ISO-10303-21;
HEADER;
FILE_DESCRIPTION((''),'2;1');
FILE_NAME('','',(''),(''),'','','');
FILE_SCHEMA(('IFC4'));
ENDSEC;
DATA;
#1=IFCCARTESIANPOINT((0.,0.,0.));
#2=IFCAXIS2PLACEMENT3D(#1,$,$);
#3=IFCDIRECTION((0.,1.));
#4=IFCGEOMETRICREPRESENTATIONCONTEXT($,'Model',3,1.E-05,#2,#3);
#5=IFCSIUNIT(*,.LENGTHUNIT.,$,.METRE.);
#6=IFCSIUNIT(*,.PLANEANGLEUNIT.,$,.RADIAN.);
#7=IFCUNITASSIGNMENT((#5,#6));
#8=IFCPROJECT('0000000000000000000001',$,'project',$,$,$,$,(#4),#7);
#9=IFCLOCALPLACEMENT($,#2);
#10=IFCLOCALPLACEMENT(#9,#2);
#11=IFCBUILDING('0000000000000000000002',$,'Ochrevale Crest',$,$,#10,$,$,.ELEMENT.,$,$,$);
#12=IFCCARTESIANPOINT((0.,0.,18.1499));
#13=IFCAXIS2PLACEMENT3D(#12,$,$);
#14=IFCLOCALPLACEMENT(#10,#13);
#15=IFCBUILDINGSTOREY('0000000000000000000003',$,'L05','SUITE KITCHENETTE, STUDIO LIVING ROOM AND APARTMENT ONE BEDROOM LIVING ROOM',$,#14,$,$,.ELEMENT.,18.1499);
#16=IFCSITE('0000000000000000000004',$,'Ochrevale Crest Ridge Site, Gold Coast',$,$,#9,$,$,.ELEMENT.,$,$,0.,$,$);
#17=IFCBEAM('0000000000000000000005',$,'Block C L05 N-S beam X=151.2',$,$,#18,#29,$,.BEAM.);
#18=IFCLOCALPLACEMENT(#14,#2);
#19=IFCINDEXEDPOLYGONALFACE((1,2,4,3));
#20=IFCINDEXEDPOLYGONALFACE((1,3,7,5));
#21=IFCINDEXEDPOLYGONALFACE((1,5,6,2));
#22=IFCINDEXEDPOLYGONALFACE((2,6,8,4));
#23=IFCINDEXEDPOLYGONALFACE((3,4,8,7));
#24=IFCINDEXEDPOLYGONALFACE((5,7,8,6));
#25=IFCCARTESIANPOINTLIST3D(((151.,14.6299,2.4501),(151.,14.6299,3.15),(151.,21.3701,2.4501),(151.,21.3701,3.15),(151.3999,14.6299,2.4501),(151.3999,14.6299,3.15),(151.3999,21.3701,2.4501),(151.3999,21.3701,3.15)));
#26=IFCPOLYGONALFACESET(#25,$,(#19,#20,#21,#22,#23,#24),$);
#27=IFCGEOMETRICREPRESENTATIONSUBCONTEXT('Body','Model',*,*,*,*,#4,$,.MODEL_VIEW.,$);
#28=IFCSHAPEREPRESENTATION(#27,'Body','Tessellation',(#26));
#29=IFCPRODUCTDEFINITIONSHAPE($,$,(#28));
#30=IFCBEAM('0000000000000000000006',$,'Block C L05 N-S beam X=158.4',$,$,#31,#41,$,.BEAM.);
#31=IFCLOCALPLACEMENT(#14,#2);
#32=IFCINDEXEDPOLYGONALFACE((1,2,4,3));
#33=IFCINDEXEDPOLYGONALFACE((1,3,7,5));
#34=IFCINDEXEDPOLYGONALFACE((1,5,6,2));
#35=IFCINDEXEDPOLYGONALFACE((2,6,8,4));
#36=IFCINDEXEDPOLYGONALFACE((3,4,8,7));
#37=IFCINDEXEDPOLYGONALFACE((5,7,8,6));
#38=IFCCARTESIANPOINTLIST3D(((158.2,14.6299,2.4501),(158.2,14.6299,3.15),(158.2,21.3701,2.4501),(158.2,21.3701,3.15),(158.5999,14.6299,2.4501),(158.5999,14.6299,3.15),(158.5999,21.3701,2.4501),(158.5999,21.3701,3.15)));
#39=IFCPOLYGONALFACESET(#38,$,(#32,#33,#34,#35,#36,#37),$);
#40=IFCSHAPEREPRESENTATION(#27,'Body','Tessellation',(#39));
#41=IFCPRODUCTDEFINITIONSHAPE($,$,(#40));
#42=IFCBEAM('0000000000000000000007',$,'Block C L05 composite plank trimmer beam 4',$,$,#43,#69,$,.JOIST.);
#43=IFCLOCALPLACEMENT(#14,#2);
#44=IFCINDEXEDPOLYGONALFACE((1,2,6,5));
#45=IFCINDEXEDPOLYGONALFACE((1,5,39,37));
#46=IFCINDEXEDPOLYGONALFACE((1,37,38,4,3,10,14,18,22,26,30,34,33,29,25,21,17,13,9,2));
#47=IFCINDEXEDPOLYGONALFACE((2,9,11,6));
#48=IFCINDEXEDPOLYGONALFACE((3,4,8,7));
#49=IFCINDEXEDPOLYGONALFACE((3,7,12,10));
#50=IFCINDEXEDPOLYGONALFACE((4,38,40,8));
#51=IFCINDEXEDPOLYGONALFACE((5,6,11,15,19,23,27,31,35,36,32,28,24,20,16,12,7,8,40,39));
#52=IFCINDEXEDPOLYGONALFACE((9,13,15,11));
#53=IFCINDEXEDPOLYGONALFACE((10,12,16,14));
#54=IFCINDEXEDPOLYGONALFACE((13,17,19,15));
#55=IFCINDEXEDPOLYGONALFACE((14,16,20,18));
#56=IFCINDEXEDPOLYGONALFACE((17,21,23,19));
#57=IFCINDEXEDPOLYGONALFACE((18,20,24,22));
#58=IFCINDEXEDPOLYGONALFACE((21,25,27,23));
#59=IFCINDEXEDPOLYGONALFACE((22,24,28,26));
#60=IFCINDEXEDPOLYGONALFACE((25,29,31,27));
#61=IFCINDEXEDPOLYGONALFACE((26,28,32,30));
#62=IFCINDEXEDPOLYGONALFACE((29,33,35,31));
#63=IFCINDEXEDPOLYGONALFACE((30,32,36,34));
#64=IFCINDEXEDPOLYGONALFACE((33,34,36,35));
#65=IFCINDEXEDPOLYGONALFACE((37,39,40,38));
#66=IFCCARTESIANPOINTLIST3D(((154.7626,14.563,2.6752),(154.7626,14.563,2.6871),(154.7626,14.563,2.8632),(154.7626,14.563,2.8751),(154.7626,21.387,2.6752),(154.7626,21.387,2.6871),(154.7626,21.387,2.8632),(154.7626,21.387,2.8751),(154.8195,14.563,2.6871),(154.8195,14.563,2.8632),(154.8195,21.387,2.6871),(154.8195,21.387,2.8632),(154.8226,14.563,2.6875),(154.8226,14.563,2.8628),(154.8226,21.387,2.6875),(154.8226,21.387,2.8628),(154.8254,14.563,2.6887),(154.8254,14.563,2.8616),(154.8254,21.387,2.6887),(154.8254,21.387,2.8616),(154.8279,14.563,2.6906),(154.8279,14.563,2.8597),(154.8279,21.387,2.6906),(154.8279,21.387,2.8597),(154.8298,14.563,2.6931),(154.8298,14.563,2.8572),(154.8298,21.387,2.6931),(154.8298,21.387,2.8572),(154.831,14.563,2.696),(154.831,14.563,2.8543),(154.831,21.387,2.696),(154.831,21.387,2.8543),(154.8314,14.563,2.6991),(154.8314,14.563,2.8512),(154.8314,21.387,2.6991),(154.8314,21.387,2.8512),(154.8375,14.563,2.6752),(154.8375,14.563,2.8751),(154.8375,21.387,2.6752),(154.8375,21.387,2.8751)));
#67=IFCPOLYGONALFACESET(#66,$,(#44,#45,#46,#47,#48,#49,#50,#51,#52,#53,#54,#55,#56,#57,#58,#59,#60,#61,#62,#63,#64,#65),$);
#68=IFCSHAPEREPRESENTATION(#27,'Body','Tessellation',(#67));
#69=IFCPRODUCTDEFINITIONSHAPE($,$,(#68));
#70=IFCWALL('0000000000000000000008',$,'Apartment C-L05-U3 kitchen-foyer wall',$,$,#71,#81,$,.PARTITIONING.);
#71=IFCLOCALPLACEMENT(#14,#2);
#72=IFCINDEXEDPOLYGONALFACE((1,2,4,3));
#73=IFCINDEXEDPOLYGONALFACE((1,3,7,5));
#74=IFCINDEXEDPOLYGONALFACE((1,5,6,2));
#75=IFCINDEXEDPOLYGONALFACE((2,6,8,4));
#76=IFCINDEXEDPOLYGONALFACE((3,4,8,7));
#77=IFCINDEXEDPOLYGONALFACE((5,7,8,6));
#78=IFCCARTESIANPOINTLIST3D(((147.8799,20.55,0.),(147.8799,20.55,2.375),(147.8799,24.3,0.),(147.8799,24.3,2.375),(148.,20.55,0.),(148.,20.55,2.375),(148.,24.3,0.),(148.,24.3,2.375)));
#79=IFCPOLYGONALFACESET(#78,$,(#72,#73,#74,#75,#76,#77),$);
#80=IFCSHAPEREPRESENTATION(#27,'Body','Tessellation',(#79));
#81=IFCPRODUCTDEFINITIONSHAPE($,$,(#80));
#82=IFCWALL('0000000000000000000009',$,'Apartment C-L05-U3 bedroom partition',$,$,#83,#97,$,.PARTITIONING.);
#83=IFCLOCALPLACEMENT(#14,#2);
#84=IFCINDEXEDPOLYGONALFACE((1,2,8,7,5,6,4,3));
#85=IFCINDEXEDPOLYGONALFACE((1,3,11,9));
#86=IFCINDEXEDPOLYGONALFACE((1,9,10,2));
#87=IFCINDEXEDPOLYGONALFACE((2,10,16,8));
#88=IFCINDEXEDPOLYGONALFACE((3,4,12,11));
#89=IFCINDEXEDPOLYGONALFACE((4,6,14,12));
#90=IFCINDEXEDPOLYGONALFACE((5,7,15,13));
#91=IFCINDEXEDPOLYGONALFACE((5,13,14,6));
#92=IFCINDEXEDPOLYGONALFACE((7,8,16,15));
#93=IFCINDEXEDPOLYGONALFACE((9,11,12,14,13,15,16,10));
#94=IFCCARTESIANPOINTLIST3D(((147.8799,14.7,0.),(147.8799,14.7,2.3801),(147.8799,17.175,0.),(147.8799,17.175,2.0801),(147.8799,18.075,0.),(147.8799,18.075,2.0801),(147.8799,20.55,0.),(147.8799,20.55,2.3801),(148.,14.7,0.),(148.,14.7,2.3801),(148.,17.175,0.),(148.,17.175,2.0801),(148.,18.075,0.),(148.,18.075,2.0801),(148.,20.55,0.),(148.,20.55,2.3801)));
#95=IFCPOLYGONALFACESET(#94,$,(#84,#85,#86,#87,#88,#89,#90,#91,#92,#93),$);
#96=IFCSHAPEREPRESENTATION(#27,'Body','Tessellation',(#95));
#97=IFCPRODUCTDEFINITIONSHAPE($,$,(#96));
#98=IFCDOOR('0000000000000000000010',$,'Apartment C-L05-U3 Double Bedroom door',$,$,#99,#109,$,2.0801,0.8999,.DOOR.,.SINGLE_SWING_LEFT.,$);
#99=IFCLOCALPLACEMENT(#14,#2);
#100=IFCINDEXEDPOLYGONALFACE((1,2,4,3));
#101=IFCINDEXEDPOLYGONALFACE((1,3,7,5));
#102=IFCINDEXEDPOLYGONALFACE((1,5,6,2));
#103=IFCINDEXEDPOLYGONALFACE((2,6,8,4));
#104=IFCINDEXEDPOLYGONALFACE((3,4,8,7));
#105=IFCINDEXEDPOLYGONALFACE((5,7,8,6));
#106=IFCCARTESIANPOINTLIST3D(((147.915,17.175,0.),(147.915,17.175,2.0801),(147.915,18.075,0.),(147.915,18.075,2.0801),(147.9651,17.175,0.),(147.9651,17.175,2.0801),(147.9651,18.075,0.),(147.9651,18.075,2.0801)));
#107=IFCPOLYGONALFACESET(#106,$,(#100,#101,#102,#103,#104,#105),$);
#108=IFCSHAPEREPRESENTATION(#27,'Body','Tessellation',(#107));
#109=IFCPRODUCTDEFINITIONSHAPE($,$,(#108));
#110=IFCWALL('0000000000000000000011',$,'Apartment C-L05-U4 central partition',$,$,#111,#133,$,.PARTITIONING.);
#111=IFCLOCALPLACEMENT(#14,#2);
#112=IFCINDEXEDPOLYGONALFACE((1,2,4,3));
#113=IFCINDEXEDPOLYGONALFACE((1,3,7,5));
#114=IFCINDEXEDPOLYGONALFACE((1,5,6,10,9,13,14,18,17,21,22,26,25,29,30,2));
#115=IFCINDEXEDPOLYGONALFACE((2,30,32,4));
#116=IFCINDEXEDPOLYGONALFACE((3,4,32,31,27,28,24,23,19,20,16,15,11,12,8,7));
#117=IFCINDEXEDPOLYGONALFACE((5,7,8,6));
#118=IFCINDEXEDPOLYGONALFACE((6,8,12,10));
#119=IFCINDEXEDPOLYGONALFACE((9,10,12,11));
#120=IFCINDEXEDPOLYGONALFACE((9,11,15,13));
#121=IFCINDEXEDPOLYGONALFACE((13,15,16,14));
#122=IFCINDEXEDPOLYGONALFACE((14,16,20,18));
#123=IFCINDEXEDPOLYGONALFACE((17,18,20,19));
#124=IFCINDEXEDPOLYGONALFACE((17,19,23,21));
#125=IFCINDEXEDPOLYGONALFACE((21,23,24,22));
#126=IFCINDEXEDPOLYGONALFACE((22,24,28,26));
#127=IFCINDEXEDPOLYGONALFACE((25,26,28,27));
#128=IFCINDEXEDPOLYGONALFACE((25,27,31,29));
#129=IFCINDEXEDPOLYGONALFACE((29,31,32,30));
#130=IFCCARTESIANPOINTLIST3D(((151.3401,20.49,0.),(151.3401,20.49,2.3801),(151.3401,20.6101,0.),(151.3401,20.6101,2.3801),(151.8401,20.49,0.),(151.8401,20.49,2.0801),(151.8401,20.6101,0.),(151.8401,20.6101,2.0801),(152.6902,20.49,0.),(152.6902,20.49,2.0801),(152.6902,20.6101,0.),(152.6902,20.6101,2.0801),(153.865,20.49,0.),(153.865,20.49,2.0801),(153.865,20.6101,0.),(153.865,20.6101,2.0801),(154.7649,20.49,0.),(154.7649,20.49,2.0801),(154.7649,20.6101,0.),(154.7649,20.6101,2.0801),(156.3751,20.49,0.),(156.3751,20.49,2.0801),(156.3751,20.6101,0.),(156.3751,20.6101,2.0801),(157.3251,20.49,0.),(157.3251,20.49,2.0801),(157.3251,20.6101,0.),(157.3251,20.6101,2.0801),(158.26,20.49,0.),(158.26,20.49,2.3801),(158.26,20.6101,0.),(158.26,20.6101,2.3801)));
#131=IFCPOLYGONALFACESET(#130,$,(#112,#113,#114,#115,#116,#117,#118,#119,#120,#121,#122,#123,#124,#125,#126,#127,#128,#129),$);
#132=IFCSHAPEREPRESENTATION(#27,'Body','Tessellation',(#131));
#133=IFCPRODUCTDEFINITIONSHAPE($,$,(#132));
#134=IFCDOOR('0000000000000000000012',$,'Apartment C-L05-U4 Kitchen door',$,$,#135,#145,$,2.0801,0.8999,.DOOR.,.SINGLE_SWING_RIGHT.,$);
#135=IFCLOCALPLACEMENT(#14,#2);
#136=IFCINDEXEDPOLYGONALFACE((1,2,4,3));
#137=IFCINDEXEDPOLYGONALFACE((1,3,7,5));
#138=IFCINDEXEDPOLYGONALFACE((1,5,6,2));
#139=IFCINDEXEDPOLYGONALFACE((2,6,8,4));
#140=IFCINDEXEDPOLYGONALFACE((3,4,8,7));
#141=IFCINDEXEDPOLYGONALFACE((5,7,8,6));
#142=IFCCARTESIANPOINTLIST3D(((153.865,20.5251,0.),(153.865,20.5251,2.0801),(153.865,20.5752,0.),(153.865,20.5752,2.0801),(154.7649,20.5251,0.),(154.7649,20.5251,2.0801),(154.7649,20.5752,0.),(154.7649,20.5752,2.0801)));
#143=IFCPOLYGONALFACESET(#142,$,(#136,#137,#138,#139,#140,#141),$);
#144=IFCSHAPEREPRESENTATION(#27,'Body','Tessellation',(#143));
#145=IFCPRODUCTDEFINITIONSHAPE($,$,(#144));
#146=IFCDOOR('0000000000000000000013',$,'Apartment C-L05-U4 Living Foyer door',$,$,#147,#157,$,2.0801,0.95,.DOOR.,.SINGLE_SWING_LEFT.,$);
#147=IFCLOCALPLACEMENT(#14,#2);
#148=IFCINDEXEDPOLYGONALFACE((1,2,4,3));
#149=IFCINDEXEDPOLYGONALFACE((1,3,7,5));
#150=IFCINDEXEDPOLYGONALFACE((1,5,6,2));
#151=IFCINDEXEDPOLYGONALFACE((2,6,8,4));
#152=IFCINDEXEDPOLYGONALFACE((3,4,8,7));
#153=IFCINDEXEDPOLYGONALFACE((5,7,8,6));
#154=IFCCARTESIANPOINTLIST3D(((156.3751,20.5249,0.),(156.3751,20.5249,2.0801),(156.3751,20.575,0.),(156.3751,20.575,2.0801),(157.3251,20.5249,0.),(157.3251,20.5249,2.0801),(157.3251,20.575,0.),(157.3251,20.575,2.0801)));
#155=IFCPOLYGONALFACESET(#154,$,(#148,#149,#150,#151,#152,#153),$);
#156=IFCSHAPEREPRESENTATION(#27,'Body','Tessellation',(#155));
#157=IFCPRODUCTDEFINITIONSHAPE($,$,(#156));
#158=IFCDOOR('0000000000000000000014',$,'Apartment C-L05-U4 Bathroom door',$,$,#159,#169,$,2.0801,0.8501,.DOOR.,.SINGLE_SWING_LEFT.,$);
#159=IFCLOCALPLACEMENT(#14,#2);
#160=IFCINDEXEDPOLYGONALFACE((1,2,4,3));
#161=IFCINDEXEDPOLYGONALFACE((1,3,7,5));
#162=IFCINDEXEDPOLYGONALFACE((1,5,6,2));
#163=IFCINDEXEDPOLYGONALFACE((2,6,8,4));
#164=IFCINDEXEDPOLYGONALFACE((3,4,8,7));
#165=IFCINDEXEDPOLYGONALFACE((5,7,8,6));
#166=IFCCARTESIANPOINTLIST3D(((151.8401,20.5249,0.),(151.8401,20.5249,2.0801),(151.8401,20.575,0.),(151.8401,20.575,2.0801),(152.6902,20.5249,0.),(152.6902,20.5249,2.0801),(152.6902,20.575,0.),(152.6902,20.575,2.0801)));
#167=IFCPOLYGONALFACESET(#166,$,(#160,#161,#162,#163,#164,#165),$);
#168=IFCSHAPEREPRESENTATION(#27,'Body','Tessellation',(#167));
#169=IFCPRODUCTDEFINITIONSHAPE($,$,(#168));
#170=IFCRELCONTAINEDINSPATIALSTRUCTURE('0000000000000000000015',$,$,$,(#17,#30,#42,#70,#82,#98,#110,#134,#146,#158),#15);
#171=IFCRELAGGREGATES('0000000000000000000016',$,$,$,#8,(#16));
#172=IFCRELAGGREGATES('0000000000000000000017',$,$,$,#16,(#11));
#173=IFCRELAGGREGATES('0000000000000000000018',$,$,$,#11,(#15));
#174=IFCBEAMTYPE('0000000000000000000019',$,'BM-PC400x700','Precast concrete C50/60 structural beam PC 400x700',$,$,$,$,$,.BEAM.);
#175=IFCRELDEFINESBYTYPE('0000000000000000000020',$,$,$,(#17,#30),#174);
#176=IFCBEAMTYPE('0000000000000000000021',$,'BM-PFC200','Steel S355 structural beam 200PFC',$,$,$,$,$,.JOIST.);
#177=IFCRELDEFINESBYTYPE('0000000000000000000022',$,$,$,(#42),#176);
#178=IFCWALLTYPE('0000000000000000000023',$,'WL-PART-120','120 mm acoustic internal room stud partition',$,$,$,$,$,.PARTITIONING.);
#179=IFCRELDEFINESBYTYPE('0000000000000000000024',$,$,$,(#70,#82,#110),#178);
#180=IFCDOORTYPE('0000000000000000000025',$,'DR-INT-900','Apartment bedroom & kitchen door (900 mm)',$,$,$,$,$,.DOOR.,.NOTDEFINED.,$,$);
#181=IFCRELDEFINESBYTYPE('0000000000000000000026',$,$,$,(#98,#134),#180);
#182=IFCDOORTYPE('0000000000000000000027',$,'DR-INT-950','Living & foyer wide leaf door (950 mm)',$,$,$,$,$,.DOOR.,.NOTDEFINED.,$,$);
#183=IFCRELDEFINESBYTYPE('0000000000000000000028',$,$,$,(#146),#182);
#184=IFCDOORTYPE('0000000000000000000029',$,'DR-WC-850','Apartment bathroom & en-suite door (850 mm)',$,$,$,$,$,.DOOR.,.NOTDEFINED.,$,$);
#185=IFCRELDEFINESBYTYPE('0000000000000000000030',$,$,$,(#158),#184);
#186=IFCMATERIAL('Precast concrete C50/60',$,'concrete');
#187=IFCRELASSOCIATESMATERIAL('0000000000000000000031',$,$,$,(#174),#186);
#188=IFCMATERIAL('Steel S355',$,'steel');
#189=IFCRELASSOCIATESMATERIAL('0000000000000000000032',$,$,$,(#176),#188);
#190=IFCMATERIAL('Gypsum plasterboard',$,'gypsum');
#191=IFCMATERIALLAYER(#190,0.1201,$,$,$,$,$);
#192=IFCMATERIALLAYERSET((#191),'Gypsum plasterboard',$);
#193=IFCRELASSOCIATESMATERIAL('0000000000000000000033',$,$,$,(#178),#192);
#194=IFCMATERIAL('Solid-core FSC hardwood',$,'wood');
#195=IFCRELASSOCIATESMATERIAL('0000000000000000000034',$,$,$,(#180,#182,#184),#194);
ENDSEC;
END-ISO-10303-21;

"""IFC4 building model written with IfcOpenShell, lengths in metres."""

from ifc_helpers import new_model, si_unit, direction, frame, frame_2d, origin, origin_2d, place, context, subcontext, project, spatial, rectangle, u_section, extrude, material, layer, layer_set, material_profile, profile_set, type_object, element, fill, save


model = new_model("IFC4")

# Units and contexts
model_context = context("Model", 3, precision=1e-05, world=origin(), true_north=direction((0.0, 1.0)))
body_context = subcontext(model_context, "Body", "Model", "MODEL_VIEW")
ifc_project = project(units=[si_unit("LENGTHUNIT", "METRE"), si_unit("PLANEANGLEUNIT", "RADIAN")], contexts=[model_context])

# Site, building, storey
site_placement = place(None, origin())
site = spatial("IfcSite", under=ifc_project, at=site_placement, Name="Ochrevale Crest Ridge Site, Gold Coast", CompositionType="ELEMENT", RefElevation=0.0)
building_placement = place(site_placement, origin())
building = spatial("IfcBuilding", under=site, at=building_placement, Name="Ochrevale Crest", CompositionType="ELEMENT")
storey_placement = place(building_placement, frame((0.0, 0.0, 18.1499)))
storey = spatial("IfcBuildingStorey", under=building, at=storey_placement, Name="L05", Description="SUITE KITCHENETTE, STUDIO LIVING ROOM AND APARTMENT ONE BEDROOM LIVING ROOM", CompositionType="ELEMENT", Elevation=18.1499)

# Beams
ifc_material_1 = material(Name="Precast concrete C50/60", Category="concrete")
ifc_material_profile_1 = material_profile(ifc_material_1, rectangle(XDim=0.3999, YDim=0.7, at=origin_2d()), Name="PC 400x700")
ifc_profile_set_1 = profile_set([ifc_material_profile_1], Name="Precast concrete C50/60")
beam_type_1 = type_object("IfcBeamType", Name="BM-PC400x700", Description="Precast concrete C50/60 structural beam PC 400x700", PredefinedType="BEAM", material=ifc_profile_set_1)
for number, where, z_axis, x_axis, name in (
    (1, (151.2, 14.6299, 2.8), (0.0, 1.0, 0.0), (-1.0, 0.0, 0.0), "Block C L05 N-S beam X=151.2"),
    (2, (158.3999, 14.6299, 2.8), (0.0, 1.0, 0.0), (-1.0, 0.0, 0.0), "Block C L05 N-S beam X=158.4"),
):
    element("IfcBeam", number, at=place(storey_placement, frame(where, z_axis=z_axis, x_axis=x_axis)), inside=storey, type_object=beam_type_1, Name=name, PredefinedType="BEAM", context=body_context, shape_type="SweptSolid", body=[
        extrude(rectangle(XDim=0.3999, YDim=0.7, at=origin_2d()), origin(), (0.0, 0.0, 1.0), 6.7402),
    ])
ifc_material_2 = material(Name="Steel S355", Category="steel")
ifc_material_profile_2 = material_profile(ifc_material_2, u_section(Depth=0.2, FlangeWidth=0.075, WebThickness=0.0061, FlangeThickness=0.012, FilletRadius=0.012, at=origin_2d()), Name="200PFC")
ifc_profile_set_2 = profile_set([ifc_material_profile_2], Name="Steel S355")
beam_type_2 = type_object("IfcBeamType", Name="BM-PFC200", Description="Steel S355 structural beam 200PFC", PredefinedType="JOIST", material=ifc_profile_set_2)
beam_placement = place(storey_placement, frame((154.8, 14.563, 2.7751), z_axis=(0.0, 1.0, 0.0), x_axis=(-1.0, 0.0, 0.0)))
element("IfcBeam", 3, at=beam_placement, inside=storey, type_object=beam_type_2, Name="Block C L05 composite plank trimmer beam 4", PredefinedType="JOIST", context=body_context, shape_type="SweptSolid", body=[
    extrude(u_section(Depth=0.2, FlangeWidth=0.075, WebThickness=0.0061, FlangeThickness=0.012, FilletRadius=0.012, at=origin_2d()), origin(), (0.0, 0.0, 1.0), 6.824),
])

# Wall
ifc_material_3 = material(Name="Gypsum plasterboard", Category="gypsum")
ifc_layer_1 = layer(ifc_material_3, 0.1201)
ifc_layer_set_1 = layer_set([ifc_layer_1], Name="Gypsum plasterboard")
wall_type_1 = type_object("IfcWallType", Name="WL-PART-120", Description="120 mm acoustic internal room stud partition", PredefinedType="PARTITIONING", material=ifc_layer_set_1)
wall_1_placement = place(storey_placement, frame((147.9399, 20.55, 0.0), z_axis=(0.0, 0.0, 1.0), x_axis=(0.0, 1.0, 0.0)))
element("IfcWall", 4, at=wall_1_placement, inside=storey, type_object=wall_type_1, Name="Apartment C-L05-U3 kitchen-foyer wall", PredefinedType="PARTITIONING", context=body_context, shape_type="SweptSolid", body=[
    extrude(rectangle(XDim=3.75, YDim=0.1201, at=frame_2d((1.875, 0.0))), origin(), (0.0, 0.0, 1.0), 2.375),
])

# Wall, opening, door
wall_2_placement = place(storey_placement, frame((147.9399, 14.7, 0.0), z_axis=(0.0, 0.0, 1.0), x_axis=(0.0, 1.0, 0.0)))
wall_2 = element("IfcWall", 5, at=wall_2_placement, inside=storey, type_object=wall_type_1, Name="Apartment C-L05-U3 bedroom partition", PredefinedType="PARTITIONING", context=body_context, shape_type="SweptSolid", body=[
    extrude(rectangle(XDim=5.8501, YDim=0.1201, at=frame_2d((2.925, 0.0))), origin(), (0.0, 0.0, 1.0), 2.3801),
])
opening_1_placement = place(wall_2_placement, frame((2.4751, 0.0, 0.0)))
opening_1 = element("IfcOpeningElement", 6, at=opening_1_placement, cuts=wall_2, PredefinedType="OPENING", context=body_context, shape_type="SweptSolid", body=[
    extrude(rectangle(XDim=0.8999, YDim=2.0801, at=frame_2d((0.45, 1.04))), frame((0.0, 0.0701, 0.0), z_axis=(0.0, -1.0, 0.0), x_axis=(1.0, 0.0, 0.0)), (0.0, 0.0, 1.0), 0.1401),
])
ifc_material_4 = material(Name="Solid-core FSC hardwood", Category="wood")
door_type_1 = type_object("IfcDoorType", Name="DR-INT-900", Description="Apartment bedroom & kitchen door (900 mm)", OperationType="NOTDEFINED", PredefinedType="DOOR", material=ifc_material_4)
door_1_placement = place(opening_1_placement, origin())
door_1 = element("IfcDoor", 7, at=door_1_placement, inside=storey, type_object=door_type_1, Name="Apartment C-L05-U3 Double Bedroom door", OperationType="SINGLE_SWING_LEFT", OverallHeight=2.0801, OverallWidth=0.8999, PredefinedType="DOOR", context=body_context, shape_type="SweptSolid", body=[
    extrude(rectangle(XDim=0.8999, YDim=2.0801, at=frame_2d((0.45, 1.04))), frame((0.0, 0.0249, 0.0), z_axis=(0.0, -1.0, 0.0), x_axis=(1.0, 0.0, 0.0)), (0.0, 0.0, 1.0), 0.05),
])
fill(opening_1, door_1)

# Wall, openings, doors
wall_3_placement = place(storey_placement, frame((151.3401, 20.55, 0.0), z_axis=(0.0, 0.0, 1.0), x_axis=(1.0, 0.0, 0.0)))
wall_3 = element("IfcWall", 8, at=wall_3_placement, inside=storey, type_object=wall_type_1, Name="Apartment C-L05-U4 central partition", PredefinedType="PARTITIONING", context=body_context, shape_type="SweptSolid", body=[
    extrude(rectangle(XDim=6.9199, YDim=0.1201, at=frame_2d((3.46, 0.0))), origin(), (0.0, 0.0, 1.0), 2.3801),
])
opening_2_placement = place(wall_3_placement, frame((0.5, 0.0, 0.0)))
opening_2 = element("IfcOpeningElement", 9, at=opening_2_placement, cuts=wall_3, PredefinedType="OPENING", context=body_context, shape_type="SweptSolid", body=[
    extrude(rectangle(XDim=0.8501, YDim=2.0801, at=frame_2d((0.425, 1.04))), frame((0.0, 0.0701, 0.0), z_axis=(0.0, -1.0, 0.0), x_axis=(1.0, 0.0, 0.0)), (0.0, 0.0, 1.0), 0.1401),
])
opening_3_placement = place(wall_3_placement, frame((3.4248, 0.0, 0.0), z_axis=(0.0, 0.0, 1.0), x_axis=(-1.0, 0.0, 0.0)))
opening_3 = element("IfcOpeningElement", 10, at=opening_3_placement, cuts=wall_3, PredefinedType="OPENING", context=body_context, shape_type="SweptSolid", body=[
    extrude(rectangle(XDim=0.8999, YDim=2.0801, at=frame_2d((0.45, 1.04))), frame((0.0, 0.0701, 0.0), z_axis=(0.0, -1.0, 0.0), x_axis=(1.0, 0.0, 0.0)), (0.0, 0.0, 1.0), 0.1401),
])
opening_4_placement = place(wall_3_placement, frame((5.0349, 0.0, 0.0)))
opening_4 = element("IfcOpeningElement", 11, at=opening_4_placement, cuts=wall_3, PredefinedType="OPENING", context=body_context, shape_type="SweptSolid", body=[
    extrude(rectangle(XDim=0.95, YDim=2.0801, at=frame_2d((0.4751, 1.04))), frame((0.0, 0.0701, 0.0), z_axis=(0.0, -1.0, 0.0), x_axis=(1.0, 0.0, 0.0)), (0.0, 0.0, 1.0), 0.1401),
])
door_2_placement = place(opening_3_placement, origin())
door_2 = element("IfcDoor", 12, at=door_2_placement, inside=storey, type_object=door_type_1, Name="Apartment C-L05-U4 Kitchen door", OperationType="SINGLE_SWING_RIGHT", OverallHeight=2.0801, OverallWidth=0.8999, PredefinedType="DOOR", context=body_context, shape_type="SweptSolid", body=[
    extrude(rectangle(XDim=0.8999, YDim=2.0801, at=frame_2d((0.45, 1.04))), frame((0.0, 0.0249, 0.0), z_axis=(0.0, -1.0, 0.0), x_axis=(1.0, 0.0, 0.0)), (0.0, 0.0, 1.0), 0.05),
])
fill(opening_3, door_2)
door_type_2 = type_object("IfcDoorType", Name="DR-INT-950", Description="Living & foyer wide leaf door (950 mm)", OperationType="NOTDEFINED", PredefinedType="DOOR", material=ifc_material_4)
door_3_placement = place(opening_4_placement, origin())
door_3 = element("IfcDoor", 13, at=door_3_placement, inside=storey, type_object=door_type_2, Name="Apartment C-L05-U4 Living Foyer door", OperationType="SINGLE_SWING_LEFT", OverallHeight=2.0801, OverallWidth=0.95, PredefinedType="DOOR", context=body_context, shape_type="SweptSolid", body=[
    extrude(rectangle(XDim=0.95, YDim=2.0801, at=frame_2d((0.4751, 1.04))), frame((0.0, 0.0249, 0.0), z_axis=(0.0, -1.0, 0.0), x_axis=(1.0, 0.0, 0.0)), (0.0, 0.0, 1.0), 0.05),
])
fill(opening_4, door_3)
door_type_3 = type_object("IfcDoorType", Name="DR-WC-850", Description="Apartment bathroom & en-suite door (850 mm)", OperationType="NOTDEFINED", PredefinedType="DOOR", material=ifc_material_4)
door_4_placement = place(opening_2_placement, origin())
door_4 = element("IfcDoor", 14, at=door_4_placement, inside=storey, type_object=door_type_3, Name="Apartment C-L05-U4 Bathroom door", OperationType="SINGLE_SWING_LEFT", OverallHeight=2.0801, OverallWidth=0.8501, PredefinedType="DOOR", context=body_context, shape_type="SweptSolid", body=[
    extrude(rectangle(XDim=0.8501, YDim=2.0801, at=frame_2d((0.425, 1.04))), frame((0.0, 0.0249, 0.0), z_axis=(0.0, -1.0, 0.0), x_axis=(1.0, 0.0, 0.0)), (0.0, 0.0, 1.0), 0.05),
])
fill(opening_2, door_4)

save(model, "model.ifc")
